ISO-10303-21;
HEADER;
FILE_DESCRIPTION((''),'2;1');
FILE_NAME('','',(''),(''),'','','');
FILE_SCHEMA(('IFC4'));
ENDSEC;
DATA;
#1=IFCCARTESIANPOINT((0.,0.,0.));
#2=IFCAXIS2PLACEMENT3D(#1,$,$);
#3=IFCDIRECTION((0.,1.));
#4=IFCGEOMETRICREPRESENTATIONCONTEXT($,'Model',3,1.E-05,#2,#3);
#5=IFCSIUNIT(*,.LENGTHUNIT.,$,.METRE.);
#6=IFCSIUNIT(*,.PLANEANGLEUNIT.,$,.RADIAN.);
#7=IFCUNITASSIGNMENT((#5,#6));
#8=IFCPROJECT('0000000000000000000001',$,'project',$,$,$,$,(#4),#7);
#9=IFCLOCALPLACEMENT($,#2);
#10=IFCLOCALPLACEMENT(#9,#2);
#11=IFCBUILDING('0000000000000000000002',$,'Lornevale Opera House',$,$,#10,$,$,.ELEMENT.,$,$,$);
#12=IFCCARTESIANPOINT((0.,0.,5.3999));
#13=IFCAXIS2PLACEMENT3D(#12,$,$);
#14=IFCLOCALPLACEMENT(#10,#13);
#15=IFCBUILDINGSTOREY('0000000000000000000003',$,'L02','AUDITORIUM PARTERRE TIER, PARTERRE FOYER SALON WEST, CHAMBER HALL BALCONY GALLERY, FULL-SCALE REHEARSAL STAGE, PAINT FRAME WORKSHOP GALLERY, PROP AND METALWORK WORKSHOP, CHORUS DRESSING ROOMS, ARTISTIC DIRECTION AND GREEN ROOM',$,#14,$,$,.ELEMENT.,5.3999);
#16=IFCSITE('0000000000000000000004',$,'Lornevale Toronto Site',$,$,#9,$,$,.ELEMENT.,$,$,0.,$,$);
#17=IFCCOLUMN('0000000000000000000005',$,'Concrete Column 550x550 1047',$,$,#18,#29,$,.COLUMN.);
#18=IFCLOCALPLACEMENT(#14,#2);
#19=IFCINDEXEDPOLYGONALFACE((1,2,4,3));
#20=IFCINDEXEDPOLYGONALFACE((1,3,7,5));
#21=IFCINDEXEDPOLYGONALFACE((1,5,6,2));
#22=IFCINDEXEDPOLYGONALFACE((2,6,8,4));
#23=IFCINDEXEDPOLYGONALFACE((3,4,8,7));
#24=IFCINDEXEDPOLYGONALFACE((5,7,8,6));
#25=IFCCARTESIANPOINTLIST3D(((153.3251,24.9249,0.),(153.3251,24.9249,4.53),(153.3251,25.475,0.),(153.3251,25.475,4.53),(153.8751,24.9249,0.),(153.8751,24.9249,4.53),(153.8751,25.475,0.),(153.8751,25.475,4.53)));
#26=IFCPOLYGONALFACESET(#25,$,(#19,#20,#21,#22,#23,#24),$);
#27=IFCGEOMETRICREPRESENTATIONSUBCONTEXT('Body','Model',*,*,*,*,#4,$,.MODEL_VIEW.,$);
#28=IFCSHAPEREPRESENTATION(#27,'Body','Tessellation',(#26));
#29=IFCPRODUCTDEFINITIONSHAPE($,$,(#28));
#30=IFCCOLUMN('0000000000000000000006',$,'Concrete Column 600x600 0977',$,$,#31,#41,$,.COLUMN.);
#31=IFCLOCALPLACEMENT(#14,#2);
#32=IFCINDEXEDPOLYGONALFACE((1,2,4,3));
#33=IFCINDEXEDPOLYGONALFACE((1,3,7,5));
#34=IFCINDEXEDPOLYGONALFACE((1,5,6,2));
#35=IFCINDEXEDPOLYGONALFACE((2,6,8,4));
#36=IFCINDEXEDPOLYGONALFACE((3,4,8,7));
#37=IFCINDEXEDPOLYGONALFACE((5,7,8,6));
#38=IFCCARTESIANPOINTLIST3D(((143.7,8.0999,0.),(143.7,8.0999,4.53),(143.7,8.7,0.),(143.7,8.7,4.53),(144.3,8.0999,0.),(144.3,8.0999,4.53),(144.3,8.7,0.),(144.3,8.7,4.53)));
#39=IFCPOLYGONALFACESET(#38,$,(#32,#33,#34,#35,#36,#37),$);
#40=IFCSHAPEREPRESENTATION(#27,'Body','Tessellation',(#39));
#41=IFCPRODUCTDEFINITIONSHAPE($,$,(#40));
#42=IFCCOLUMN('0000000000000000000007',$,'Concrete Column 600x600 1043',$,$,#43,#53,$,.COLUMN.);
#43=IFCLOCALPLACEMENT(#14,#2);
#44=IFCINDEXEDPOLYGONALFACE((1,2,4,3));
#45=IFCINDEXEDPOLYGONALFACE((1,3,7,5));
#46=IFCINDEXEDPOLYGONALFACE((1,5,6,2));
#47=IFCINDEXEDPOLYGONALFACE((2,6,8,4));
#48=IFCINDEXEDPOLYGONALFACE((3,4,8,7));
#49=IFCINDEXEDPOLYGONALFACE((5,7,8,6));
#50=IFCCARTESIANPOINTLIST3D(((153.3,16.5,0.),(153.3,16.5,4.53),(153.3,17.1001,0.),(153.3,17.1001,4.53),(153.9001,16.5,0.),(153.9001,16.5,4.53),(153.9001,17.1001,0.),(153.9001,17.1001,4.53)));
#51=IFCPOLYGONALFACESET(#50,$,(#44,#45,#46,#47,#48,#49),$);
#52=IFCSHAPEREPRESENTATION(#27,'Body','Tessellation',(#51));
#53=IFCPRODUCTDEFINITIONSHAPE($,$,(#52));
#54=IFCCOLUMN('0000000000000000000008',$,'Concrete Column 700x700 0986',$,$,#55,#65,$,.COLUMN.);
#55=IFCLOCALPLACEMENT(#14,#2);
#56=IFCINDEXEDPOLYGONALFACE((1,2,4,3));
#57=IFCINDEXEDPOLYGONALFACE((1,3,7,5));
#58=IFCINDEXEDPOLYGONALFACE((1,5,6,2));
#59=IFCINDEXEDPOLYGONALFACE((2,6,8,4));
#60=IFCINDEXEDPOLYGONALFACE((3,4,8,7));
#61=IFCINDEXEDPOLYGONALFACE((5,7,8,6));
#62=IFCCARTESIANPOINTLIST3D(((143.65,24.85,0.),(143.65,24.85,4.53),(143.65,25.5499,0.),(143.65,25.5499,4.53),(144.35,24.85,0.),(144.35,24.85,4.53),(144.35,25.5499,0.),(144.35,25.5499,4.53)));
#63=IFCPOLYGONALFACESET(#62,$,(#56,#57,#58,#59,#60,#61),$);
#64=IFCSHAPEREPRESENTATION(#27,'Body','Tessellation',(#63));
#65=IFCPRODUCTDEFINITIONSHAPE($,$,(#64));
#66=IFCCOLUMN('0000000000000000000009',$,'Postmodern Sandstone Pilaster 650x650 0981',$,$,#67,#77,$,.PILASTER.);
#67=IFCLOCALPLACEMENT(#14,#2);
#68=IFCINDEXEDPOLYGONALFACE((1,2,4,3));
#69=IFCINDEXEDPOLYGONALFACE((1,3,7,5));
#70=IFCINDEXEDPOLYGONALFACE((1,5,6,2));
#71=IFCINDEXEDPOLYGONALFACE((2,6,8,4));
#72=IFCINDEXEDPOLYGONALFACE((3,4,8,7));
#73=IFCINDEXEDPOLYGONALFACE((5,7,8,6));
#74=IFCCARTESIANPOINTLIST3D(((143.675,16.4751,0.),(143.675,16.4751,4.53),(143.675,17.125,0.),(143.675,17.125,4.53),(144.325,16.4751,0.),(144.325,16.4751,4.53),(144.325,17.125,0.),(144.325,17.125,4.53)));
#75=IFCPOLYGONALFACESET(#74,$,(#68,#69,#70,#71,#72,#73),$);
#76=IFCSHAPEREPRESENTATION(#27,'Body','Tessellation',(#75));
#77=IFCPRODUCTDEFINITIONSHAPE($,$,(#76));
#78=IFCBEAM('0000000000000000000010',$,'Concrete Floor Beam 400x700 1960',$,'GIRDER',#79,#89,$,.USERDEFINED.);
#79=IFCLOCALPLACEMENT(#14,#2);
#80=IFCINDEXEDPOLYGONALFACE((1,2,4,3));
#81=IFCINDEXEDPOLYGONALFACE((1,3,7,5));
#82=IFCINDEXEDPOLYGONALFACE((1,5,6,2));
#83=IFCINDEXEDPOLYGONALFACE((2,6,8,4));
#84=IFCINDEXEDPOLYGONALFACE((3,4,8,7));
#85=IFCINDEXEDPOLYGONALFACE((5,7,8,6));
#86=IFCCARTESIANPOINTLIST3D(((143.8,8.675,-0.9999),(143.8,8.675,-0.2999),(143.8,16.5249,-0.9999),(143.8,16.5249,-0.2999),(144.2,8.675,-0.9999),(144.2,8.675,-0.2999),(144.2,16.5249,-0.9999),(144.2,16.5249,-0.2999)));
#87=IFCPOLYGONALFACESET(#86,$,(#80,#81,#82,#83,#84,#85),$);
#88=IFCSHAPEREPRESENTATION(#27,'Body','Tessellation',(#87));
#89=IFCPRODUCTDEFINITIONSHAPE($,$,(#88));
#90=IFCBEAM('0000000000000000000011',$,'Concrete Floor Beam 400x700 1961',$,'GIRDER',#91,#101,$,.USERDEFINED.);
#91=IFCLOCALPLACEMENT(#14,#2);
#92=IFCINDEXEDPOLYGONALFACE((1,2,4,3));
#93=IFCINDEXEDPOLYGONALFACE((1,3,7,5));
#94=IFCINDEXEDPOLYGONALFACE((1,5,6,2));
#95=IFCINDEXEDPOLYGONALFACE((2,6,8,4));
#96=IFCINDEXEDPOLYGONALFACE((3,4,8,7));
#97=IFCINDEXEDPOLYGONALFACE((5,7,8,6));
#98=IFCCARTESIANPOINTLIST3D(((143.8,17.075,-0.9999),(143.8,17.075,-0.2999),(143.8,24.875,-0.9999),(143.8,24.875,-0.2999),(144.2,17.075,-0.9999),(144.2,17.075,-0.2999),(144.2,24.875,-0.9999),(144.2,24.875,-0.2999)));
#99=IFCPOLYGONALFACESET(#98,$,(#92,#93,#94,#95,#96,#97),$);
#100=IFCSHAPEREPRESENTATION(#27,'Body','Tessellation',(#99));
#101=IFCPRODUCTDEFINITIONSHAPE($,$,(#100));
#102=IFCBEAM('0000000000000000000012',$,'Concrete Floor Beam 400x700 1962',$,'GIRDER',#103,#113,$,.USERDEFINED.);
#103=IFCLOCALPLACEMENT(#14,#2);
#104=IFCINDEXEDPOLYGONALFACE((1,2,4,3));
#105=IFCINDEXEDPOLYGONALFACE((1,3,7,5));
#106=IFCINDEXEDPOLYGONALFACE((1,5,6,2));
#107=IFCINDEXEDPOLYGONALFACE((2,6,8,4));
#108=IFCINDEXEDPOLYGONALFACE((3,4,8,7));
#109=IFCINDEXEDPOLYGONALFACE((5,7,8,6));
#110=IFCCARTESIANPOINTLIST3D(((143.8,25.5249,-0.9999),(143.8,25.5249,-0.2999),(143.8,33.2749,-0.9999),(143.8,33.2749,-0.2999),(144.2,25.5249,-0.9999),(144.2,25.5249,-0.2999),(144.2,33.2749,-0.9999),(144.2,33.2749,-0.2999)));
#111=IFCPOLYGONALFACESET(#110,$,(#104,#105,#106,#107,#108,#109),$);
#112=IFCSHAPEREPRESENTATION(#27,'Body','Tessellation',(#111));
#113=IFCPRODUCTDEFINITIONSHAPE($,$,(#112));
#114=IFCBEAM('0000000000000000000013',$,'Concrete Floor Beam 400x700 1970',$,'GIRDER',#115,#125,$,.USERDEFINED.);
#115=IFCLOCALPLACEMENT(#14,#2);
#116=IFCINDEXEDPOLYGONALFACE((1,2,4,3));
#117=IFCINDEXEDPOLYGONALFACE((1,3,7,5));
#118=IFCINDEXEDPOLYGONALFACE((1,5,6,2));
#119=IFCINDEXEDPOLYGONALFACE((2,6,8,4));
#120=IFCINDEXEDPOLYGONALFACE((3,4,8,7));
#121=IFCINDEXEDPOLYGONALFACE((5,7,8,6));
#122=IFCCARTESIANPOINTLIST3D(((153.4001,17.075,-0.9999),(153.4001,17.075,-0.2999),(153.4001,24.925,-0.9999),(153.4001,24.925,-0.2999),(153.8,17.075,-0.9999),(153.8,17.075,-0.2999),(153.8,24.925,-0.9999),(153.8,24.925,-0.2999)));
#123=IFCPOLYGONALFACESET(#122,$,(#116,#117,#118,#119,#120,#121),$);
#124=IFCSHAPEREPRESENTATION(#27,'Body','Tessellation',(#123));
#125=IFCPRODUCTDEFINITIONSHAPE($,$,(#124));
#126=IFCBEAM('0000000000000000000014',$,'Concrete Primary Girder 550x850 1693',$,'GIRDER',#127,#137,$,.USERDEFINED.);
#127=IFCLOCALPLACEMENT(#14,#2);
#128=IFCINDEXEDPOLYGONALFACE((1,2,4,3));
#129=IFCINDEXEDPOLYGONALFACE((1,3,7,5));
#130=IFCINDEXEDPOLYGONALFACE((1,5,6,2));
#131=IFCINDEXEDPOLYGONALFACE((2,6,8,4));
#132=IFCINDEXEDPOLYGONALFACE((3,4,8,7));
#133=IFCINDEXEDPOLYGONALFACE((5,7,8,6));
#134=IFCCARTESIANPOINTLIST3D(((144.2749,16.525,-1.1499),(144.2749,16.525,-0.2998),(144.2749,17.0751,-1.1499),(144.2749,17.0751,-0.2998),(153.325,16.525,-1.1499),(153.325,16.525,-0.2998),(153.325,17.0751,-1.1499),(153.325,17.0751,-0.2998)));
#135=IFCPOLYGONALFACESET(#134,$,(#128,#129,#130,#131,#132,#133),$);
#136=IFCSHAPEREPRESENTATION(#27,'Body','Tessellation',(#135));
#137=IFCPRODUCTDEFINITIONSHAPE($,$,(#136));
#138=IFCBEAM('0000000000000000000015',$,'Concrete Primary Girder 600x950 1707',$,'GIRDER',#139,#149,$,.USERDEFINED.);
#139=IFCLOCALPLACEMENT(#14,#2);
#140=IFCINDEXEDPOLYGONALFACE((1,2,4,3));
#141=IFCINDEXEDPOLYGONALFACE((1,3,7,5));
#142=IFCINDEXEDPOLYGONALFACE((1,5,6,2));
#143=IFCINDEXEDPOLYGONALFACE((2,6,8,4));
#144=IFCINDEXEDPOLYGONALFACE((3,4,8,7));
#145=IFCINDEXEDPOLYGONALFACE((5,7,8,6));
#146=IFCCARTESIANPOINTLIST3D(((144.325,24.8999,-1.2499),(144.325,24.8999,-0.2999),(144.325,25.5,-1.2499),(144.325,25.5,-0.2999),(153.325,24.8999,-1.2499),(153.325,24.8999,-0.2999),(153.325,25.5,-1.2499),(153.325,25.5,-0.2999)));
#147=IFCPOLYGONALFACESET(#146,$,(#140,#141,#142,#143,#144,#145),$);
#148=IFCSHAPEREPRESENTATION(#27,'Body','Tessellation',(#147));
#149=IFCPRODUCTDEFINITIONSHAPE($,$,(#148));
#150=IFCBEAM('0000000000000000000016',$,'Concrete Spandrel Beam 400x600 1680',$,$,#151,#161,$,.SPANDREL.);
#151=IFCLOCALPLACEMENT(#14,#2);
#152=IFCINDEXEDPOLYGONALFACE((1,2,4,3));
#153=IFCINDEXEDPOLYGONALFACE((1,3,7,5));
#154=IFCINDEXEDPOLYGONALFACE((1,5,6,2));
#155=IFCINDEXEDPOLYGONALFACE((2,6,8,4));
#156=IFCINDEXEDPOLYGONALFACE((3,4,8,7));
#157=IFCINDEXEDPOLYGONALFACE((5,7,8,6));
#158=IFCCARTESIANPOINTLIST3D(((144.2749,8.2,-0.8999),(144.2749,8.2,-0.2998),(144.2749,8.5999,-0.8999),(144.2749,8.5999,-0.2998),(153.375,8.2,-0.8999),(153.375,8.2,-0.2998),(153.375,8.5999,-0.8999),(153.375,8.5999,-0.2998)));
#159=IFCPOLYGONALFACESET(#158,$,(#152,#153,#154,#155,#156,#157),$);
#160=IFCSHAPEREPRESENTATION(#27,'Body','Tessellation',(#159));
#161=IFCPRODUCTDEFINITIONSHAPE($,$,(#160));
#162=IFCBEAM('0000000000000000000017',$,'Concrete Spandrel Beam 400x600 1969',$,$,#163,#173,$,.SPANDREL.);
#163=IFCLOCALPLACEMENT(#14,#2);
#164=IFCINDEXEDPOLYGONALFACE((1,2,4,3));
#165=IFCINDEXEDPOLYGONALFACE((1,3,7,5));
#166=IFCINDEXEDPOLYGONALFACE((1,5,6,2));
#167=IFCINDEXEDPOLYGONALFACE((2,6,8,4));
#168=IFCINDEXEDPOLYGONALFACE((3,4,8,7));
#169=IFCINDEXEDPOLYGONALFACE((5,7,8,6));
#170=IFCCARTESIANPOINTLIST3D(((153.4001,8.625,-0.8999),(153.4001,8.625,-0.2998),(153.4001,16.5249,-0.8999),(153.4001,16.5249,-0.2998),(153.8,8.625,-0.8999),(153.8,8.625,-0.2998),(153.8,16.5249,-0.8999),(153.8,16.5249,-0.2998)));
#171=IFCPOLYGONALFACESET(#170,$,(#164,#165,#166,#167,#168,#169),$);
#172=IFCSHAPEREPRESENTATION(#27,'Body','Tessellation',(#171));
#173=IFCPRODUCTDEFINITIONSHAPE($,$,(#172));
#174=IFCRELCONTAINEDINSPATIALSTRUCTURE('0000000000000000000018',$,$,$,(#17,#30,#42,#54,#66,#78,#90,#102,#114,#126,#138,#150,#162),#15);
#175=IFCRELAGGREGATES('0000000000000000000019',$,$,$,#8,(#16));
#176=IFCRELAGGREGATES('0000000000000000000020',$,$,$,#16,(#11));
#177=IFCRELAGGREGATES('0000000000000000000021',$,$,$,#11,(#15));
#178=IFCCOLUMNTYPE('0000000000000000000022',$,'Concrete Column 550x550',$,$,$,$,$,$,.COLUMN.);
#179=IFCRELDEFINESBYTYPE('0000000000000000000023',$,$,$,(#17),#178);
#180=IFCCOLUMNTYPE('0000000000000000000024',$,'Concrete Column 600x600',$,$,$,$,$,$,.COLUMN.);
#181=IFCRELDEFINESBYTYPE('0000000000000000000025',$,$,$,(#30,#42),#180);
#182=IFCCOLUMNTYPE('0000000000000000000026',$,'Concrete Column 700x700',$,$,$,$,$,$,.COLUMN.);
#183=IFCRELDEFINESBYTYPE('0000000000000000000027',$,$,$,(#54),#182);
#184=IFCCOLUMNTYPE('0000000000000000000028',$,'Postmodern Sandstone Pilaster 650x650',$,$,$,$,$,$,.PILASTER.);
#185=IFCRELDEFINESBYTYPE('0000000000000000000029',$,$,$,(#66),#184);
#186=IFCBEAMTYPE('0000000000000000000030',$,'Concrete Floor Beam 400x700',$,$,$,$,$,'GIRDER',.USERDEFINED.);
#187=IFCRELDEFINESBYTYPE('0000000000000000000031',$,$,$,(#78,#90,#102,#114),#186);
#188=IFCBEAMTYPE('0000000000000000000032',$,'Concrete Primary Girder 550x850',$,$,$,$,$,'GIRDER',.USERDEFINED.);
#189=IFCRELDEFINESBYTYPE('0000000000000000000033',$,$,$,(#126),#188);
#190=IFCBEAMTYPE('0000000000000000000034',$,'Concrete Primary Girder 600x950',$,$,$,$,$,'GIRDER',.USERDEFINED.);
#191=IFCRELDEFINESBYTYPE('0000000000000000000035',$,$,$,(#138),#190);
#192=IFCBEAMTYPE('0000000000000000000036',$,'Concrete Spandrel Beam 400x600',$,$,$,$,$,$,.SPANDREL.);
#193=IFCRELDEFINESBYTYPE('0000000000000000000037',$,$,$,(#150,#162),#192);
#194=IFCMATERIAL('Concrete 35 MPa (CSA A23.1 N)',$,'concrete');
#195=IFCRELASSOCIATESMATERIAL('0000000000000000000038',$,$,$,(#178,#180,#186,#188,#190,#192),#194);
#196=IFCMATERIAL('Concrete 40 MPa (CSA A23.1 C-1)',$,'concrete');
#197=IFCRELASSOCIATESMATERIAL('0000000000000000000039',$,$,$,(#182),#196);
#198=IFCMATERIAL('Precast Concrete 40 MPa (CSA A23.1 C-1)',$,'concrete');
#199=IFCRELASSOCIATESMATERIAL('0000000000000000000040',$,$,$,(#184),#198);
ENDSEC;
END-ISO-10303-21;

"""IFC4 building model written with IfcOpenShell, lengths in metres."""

from ifc_helpers import new_model, si_unit, direction, frame, origin, origin_2d, place, context, subcontext, project, spatial, rectangle, extrude, material, material_profile, profile_set, type_object, element, save


model = new_model("IFC4")

# Units and contexts
model_context = context("Model", 3, precision=1e-05, world=origin(), true_north=direction((0.0, 1.0)))
body_context = subcontext(model_context, "Body", "Model", "MODEL_VIEW")
ifc_project = project(units=[si_unit("LENGTHUNIT", "METRE"), si_unit("PLANEANGLEUNIT", "RADIAN")], contexts=[model_context])

# Site, building, storey
site_placement = place(None, origin())
site = spatial("IfcSite", under=ifc_project, at=site_placement, Name="Lornevale Toronto Site", CompositionType="ELEMENT", RefElevation=0.0)
building_placement = place(site_placement, origin())
building = spatial("IfcBuilding", under=site, at=building_placement, Name="Lornevale Opera House", CompositionType="ELEMENT")
storey_placement = place(building_placement, frame((0.0, 0.0, 5.3999)))
storey = spatial("IfcBuildingStorey", under=building, at=storey_placement, Name="L02", Description="AUDITORIUM PARTERRE TIER, PARTERRE FOYER SALON WEST, CHAMBER HALL BALCONY GALLERY, FULL-SCALE REHEARSAL STAGE, PAINT FRAME WORKSHOP GALLERY, PROP AND METALWORK WORKSHOP, CHORUS DRESSING ROOMS, ARTISTIC DIRECTION AND GREEN ROOM", CompositionType="ELEMENT", Elevation=5.3999)

# Columns
ifc_material_1 = material(Name="Concrete 35 MPa (CSA A23.1 N)", Category="concrete")
ifc_material_profile_1 = material_profile(ifc_material_1, rectangle(XDim=0.55, YDim=0.55, at=origin_2d()), Name="RC550x550")
ifc_profile_set_1 = profile_set([ifc_material_profile_1], Name="Concrete 35 MPa (CSA A23.1 N)")
column_type_1 = type_object("IfcColumnType", Name="Concrete Column 550x550", PredefinedType="COLUMN", material=ifc_profile_set_1)
column_1_placement = place(storey_placement, frame((153.6001, 25.2, 0.0), z_axis=(0.0, 0.0, 1.0), x_axis=(1.0, 0.0, 0.0)))
element("IfcColumn", 1, at=column_1_placement, inside=storey, type_object=column_type_1, Name="Concrete Column 550x550 1047", PredefinedType="COLUMN", context=body_context, shape_type="SweptSolid", body=[
    extrude(rectangle(XDim=0.55, YDim=0.55, at=origin_2d()), origin(), (0.0, 0.0, 1.0), 4.53),
])
ifc_material_profile_2 = material_profile(ifc_material_1, rectangle(XDim=0.6001, YDim=0.6001, at=origin_2d()), Name="RC600x600")
ifc_profile_set_2 = profile_set([ifc_material_profile_2], Name="Concrete 35 MPa (CSA A23.1 N)")
column_type_2 = type_object("IfcColumnType", Name="Concrete Column 600x600", PredefinedType="COLUMN", material=ifc_profile_set_2)
for number, where, z_axis, x_axis, name in (
    (2, (144.0, 8.3999, 0.0), (0.0, 0.0, 1.0), (1.0, 0.0, 0.0), "Concrete Column 600x600 0977"),
    (3, (153.6001, 16.8, 0.0), (0.0, 0.0, 1.0), (1.0, 0.0, 0.0), "Concrete Column 600x600 1043"),
):
    element("IfcColumn", number, at=place(storey_placement, frame(where, z_axis=z_axis, x_axis=x_axis)), inside=storey, type_object=column_type_2, Name=name, PredefinedType="COLUMN", context=body_context, shape_type="SweptSolid", body=[
        extrude(rectangle(XDim=0.6001, YDim=0.6001, at=origin_2d()), origin(), (0.0, 0.0, 1.0), 4.53),
    ])
ifc_material_2 = material(Name="Concrete 40 MPa (CSA A23.1 C-1)", Category="concrete")
ifc_material_profile_3 = material_profile(ifc_material_2, rectangle(XDim=0.7, YDim=0.7, at=origin_2d()), Name="RC700x700")
ifc_profile_set_3 = profile_set([ifc_material_profile_3], Name="Concrete 40 MPa (CSA A23.1 C-1)")
column_type_3 = type_object("IfcColumnType", Name="Concrete Column 700x700", PredefinedType="COLUMN", material=ifc_profile_set_3)
column_2_placement = place(storey_placement, frame((144.0, 25.2, 0.0), z_axis=(0.0, 0.0, 1.0), x_axis=(1.0, 0.0, 0.0)))
element("IfcColumn", 4, at=column_2_placement, inside=storey, type_object=column_type_3, Name="Concrete Column 700x700 0986", PredefinedType="COLUMN", context=body_context, shape_type="SweptSolid", body=[
    extrude(rectangle(XDim=0.7, YDim=0.7, at=origin_2d()), origin(), (0.0, 0.0, 1.0), 4.53),
])
ifc_material_3 = material(Name="Precast Concrete 40 MPa (CSA A23.1 C-1)", Category="concrete")
ifc_material_profile_4 = material_profile(ifc_material_3, rectangle(XDim=0.6499, YDim=0.6499, at=origin_2d()), Name="RC650x650")
ifc_profile_set_4 = profile_set([ifc_material_profile_4], Name="Precast Concrete 40 MPa (CSA A23.1 C-1)")
column_type_4 = type_object("IfcColumnType", Name="Postmodern Sandstone Pilaster 650x650", PredefinedType="PILASTER", material=ifc_profile_set_4)
column_3_placement = place(storey_placement, frame((144.0, 16.8, 0.0), z_axis=(0.0, 0.0, 1.0), x_axis=(1.0, 0.0, 0.0)))
element("IfcColumn", 5, at=column_3_placement, inside=storey, type_object=column_type_4, Name="Postmodern Sandstone Pilaster 650x650 0981", PredefinedType="PILASTER", context=body_context, shape_type="SweptSolid", body=[
    extrude(rectangle(XDim=0.6499, YDim=0.6499, at=origin_2d()), origin(), (0.0, 0.0, 1.0), 4.53),
])

# Beams
ifc_material_profile_5 = material_profile(ifc_material_1, rectangle(XDim=0.3999, YDim=0.7, at=origin_2d()), Name="RC400x700")
ifc_profile_set_5 = profile_set([ifc_material_profile_5], Name="Concrete 35 MPa (CSA A23.1 N)")
beam_type_1 = type_object("IfcBeamType", Name="Concrete Floor Beam 400x700", ElementType="GIRDER", PredefinedType="USERDEFINED", material=ifc_profile_set_5)
beam_1_placement = place(storey_placement, frame((144.0, 8.675, -0.6499), z_axis=(0.0, 1.0, 0.0), x_axis=(-1.0, 0.0, 0.0)))
element("IfcBeam", 6, at=beam_1_placement, inside=storey, type_object=beam_type_1, Name="Concrete Floor Beam 400x700 1960", ObjectType="GIRDER", PredefinedType="USERDEFINED", context=body_context, shape_type="SweptSolid", body=[
    extrude(rectangle(XDim=0.3999, YDim=0.7, at=origin_2d()), origin(), (0.0, 0.0, 1.0), 7.8499),
])
beam_2_placement = place(storey_placement, frame((144.0, 17.075, -0.6499), z_axis=(0.0, 1.0, 0.0), x_axis=(-1.0, 0.0, 0.0)))
element("IfcBeam", 7, at=beam_2_placement, inside=storey, type_object=beam_type_1, Name="Concrete Floor Beam 400x700 1961", ObjectType="GIRDER", PredefinedType="USERDEFINED", context=body_context, shape_type="SweptSolid", body=[
    extrude(rectangle(XDim=0.3999, YDim=0.7, at=origin_2d()), origin(), (0.0, 0.0, 1.0), 7.8),
])
beam_3_placement = place(storey_placement, frame((144.0, 25.5249, -0.6499), z_axis=(0.0, 1.0, 0.0), x_axis=(-1.0, 0.0, 0.0)))
element("IfcBeam", 8, at=beam_3_placement, inside=storey, type_object=beam_type_1, Name="Concrete Floor Beam 400x700 1962", ObjectType="GIRDER", PredefinedType="USERDEFINED", context=body_context, shape_type="SweptSolid", body=[
    extrude(rectangle(XDim=0.3999, YDim=0.7, at=origin_2d()), origin(), (0.0, 0.0, 1.0), 7.75),
])
beam_4_placement = place(storey_placement, frame((153.6001, 17.075, -0.6499), z_axis=(0.0, 1.0, 0.0), x_axis=(-1.0, 0.0, 0.0)))
element("IfcBeam", 9, at=beam_4_placement, inside=storey, type_object=beam_type_1, Name="Concrete Floor Beam 400x700 1970", ObjectType="GIRDER", PredefinedType="USERDEFINED", context=body_context, shape_type="SweptSolid", body=[
    extrude(rectangle(XDim=0.3999, YDim=0.7, at=origin_2d()), origin(), (0.0, 0.0, 1.0), 7.8501),
])
ifc_material_profile_6 = material_profile(ifc_material_1, rectangle(XDim=0.55, YDim=0.8501, at=origin_2d()), Name="RC550x850")
ifc_profile_set_6 = profile_set([ifc_material_profile_6], Name="Concrete 35 MPa (CSA A23.1 N)")
beam_type_2 = type_object("IfcBeamType", Name="Concrete Primary Girder 550x850", ElementType="GIRDER", PredefinedType="USERDEFINED", material=ifc_profile_set_6)
beam_5_placement = place(storey_placement, frame((144.2749, 16.8, -0.7249), z_axis=(1.0, 0.0, 0.0), x_axis=(0.0, 1.0, 0.0)))
element("IfcBeam", 10, at=beam_5_placement, inside=storey, type_object=beam_type_2, Name="Concrete Primary Girder 550x850 1693", ObjectType="GIRDER", PredefinedType="USERDEFINED", context=body_context, shape_type="SweptSolid", body=[
    extrude(rectangle(XDim=0.55, YDim=0.8501, at=origin_2d()), origin(), (0.0, 0.0, 1.0), 9.05),
])
ifc_material_profile_7 = material_profile(ifc_material_1, rectangle(XDim=0.6001, YDim=0.95, at=origin_2d()), Name="RC600x950")
ifc_profile_set_7 = profile_set([ifc_material_profile_7], Name="Concrete 35 MPa (CSA A23.1 N)")
beam_type_3 = type_object("IfcBeamType", Name="Concrete Primary Girder 600x950", ElementType="GIRDER", PredefinedType="USERDEFINED", material=ifc_profile_set_7)
beam_6_placement = place(storey_placement, frame((144.325, 25.2, -0.7749), z_axis=(1.0, 0.0, 0.0), x_axis=(0.0, 1.0, 0.0)))
element("IfcBeam", 11, at=beam_6_placement, inside=storey, type_object=beam_type_3, Name="Concrete Primary Girder 600x950 1707", ObjectType="GIRDER", PredefinedType="USERDEFINED", context=body_context, shape_type="SweptSolid", body=[
    extrude(rectangle(XDim=0.6001, YDim=0.95, at=origin_2d()), origin(), (0.0, 0.0, 1.0), 9.0),
])
ifc_material_profile_8 = material_profile(ifc_material_1, rectangle(XDim=0.3999, YDim=0.6001, at=origin_2d()), Name="RC400x600")
ifc_profile_set_8 = profile_set([ifc_material_profile_8], Name="Concrete 35 MPa (CSA A23.1 N)")
beam_type_4 = type_object("IfcBeamType", Name="Concrete Spandrel Beam 400x600", PredefinedType="SPANDREL", material=ifc_profile_set_8)
beam_7_placement = place(storey_placement, frame((144.2749, 8.3999, -0.5999), z_axis=(1.0, 0.0, 0.0), x_axis=(0.0, 1.0, 0.0)))
element("IfcBeam", 12, at=beam_7_placement, inside=storey, type_object=beam_type_4, Name="Concrete Spandrel Beam 400x600 1680", PredefinedType="SPANDREL", context=body_context, shape_type="SweptSolid", body=[
    extrude(rectangle(XDim=0.3999, YDim=0.6001, at=origin_2d()), origin(), (0.0, 0.0, 1.0), 9.1001),
])
beam_8_placement = place(storey_placement, frame((153.6001, 8.625, -0.5999), z_axis=(0.0, 1.0, 0.0), x_axis=(-1.0, 0.0, 0.0)))
element("IfcBeam", 13, at=beam_8_placement, inside=storey, type_object=beam_type_4, Name="Concrete Spandrel Beam 400x600 1969", PredefinedType="SPANDREL", context=body_context, shape_type="SweptSolid", body=[
    extrude(rectangle(XDim=0.3999, YDim=0.6001, at=origin_2d()), origin(), (0.0, 0.0, 1.0), 7.8999),
])

save(model, "model.ifc")
